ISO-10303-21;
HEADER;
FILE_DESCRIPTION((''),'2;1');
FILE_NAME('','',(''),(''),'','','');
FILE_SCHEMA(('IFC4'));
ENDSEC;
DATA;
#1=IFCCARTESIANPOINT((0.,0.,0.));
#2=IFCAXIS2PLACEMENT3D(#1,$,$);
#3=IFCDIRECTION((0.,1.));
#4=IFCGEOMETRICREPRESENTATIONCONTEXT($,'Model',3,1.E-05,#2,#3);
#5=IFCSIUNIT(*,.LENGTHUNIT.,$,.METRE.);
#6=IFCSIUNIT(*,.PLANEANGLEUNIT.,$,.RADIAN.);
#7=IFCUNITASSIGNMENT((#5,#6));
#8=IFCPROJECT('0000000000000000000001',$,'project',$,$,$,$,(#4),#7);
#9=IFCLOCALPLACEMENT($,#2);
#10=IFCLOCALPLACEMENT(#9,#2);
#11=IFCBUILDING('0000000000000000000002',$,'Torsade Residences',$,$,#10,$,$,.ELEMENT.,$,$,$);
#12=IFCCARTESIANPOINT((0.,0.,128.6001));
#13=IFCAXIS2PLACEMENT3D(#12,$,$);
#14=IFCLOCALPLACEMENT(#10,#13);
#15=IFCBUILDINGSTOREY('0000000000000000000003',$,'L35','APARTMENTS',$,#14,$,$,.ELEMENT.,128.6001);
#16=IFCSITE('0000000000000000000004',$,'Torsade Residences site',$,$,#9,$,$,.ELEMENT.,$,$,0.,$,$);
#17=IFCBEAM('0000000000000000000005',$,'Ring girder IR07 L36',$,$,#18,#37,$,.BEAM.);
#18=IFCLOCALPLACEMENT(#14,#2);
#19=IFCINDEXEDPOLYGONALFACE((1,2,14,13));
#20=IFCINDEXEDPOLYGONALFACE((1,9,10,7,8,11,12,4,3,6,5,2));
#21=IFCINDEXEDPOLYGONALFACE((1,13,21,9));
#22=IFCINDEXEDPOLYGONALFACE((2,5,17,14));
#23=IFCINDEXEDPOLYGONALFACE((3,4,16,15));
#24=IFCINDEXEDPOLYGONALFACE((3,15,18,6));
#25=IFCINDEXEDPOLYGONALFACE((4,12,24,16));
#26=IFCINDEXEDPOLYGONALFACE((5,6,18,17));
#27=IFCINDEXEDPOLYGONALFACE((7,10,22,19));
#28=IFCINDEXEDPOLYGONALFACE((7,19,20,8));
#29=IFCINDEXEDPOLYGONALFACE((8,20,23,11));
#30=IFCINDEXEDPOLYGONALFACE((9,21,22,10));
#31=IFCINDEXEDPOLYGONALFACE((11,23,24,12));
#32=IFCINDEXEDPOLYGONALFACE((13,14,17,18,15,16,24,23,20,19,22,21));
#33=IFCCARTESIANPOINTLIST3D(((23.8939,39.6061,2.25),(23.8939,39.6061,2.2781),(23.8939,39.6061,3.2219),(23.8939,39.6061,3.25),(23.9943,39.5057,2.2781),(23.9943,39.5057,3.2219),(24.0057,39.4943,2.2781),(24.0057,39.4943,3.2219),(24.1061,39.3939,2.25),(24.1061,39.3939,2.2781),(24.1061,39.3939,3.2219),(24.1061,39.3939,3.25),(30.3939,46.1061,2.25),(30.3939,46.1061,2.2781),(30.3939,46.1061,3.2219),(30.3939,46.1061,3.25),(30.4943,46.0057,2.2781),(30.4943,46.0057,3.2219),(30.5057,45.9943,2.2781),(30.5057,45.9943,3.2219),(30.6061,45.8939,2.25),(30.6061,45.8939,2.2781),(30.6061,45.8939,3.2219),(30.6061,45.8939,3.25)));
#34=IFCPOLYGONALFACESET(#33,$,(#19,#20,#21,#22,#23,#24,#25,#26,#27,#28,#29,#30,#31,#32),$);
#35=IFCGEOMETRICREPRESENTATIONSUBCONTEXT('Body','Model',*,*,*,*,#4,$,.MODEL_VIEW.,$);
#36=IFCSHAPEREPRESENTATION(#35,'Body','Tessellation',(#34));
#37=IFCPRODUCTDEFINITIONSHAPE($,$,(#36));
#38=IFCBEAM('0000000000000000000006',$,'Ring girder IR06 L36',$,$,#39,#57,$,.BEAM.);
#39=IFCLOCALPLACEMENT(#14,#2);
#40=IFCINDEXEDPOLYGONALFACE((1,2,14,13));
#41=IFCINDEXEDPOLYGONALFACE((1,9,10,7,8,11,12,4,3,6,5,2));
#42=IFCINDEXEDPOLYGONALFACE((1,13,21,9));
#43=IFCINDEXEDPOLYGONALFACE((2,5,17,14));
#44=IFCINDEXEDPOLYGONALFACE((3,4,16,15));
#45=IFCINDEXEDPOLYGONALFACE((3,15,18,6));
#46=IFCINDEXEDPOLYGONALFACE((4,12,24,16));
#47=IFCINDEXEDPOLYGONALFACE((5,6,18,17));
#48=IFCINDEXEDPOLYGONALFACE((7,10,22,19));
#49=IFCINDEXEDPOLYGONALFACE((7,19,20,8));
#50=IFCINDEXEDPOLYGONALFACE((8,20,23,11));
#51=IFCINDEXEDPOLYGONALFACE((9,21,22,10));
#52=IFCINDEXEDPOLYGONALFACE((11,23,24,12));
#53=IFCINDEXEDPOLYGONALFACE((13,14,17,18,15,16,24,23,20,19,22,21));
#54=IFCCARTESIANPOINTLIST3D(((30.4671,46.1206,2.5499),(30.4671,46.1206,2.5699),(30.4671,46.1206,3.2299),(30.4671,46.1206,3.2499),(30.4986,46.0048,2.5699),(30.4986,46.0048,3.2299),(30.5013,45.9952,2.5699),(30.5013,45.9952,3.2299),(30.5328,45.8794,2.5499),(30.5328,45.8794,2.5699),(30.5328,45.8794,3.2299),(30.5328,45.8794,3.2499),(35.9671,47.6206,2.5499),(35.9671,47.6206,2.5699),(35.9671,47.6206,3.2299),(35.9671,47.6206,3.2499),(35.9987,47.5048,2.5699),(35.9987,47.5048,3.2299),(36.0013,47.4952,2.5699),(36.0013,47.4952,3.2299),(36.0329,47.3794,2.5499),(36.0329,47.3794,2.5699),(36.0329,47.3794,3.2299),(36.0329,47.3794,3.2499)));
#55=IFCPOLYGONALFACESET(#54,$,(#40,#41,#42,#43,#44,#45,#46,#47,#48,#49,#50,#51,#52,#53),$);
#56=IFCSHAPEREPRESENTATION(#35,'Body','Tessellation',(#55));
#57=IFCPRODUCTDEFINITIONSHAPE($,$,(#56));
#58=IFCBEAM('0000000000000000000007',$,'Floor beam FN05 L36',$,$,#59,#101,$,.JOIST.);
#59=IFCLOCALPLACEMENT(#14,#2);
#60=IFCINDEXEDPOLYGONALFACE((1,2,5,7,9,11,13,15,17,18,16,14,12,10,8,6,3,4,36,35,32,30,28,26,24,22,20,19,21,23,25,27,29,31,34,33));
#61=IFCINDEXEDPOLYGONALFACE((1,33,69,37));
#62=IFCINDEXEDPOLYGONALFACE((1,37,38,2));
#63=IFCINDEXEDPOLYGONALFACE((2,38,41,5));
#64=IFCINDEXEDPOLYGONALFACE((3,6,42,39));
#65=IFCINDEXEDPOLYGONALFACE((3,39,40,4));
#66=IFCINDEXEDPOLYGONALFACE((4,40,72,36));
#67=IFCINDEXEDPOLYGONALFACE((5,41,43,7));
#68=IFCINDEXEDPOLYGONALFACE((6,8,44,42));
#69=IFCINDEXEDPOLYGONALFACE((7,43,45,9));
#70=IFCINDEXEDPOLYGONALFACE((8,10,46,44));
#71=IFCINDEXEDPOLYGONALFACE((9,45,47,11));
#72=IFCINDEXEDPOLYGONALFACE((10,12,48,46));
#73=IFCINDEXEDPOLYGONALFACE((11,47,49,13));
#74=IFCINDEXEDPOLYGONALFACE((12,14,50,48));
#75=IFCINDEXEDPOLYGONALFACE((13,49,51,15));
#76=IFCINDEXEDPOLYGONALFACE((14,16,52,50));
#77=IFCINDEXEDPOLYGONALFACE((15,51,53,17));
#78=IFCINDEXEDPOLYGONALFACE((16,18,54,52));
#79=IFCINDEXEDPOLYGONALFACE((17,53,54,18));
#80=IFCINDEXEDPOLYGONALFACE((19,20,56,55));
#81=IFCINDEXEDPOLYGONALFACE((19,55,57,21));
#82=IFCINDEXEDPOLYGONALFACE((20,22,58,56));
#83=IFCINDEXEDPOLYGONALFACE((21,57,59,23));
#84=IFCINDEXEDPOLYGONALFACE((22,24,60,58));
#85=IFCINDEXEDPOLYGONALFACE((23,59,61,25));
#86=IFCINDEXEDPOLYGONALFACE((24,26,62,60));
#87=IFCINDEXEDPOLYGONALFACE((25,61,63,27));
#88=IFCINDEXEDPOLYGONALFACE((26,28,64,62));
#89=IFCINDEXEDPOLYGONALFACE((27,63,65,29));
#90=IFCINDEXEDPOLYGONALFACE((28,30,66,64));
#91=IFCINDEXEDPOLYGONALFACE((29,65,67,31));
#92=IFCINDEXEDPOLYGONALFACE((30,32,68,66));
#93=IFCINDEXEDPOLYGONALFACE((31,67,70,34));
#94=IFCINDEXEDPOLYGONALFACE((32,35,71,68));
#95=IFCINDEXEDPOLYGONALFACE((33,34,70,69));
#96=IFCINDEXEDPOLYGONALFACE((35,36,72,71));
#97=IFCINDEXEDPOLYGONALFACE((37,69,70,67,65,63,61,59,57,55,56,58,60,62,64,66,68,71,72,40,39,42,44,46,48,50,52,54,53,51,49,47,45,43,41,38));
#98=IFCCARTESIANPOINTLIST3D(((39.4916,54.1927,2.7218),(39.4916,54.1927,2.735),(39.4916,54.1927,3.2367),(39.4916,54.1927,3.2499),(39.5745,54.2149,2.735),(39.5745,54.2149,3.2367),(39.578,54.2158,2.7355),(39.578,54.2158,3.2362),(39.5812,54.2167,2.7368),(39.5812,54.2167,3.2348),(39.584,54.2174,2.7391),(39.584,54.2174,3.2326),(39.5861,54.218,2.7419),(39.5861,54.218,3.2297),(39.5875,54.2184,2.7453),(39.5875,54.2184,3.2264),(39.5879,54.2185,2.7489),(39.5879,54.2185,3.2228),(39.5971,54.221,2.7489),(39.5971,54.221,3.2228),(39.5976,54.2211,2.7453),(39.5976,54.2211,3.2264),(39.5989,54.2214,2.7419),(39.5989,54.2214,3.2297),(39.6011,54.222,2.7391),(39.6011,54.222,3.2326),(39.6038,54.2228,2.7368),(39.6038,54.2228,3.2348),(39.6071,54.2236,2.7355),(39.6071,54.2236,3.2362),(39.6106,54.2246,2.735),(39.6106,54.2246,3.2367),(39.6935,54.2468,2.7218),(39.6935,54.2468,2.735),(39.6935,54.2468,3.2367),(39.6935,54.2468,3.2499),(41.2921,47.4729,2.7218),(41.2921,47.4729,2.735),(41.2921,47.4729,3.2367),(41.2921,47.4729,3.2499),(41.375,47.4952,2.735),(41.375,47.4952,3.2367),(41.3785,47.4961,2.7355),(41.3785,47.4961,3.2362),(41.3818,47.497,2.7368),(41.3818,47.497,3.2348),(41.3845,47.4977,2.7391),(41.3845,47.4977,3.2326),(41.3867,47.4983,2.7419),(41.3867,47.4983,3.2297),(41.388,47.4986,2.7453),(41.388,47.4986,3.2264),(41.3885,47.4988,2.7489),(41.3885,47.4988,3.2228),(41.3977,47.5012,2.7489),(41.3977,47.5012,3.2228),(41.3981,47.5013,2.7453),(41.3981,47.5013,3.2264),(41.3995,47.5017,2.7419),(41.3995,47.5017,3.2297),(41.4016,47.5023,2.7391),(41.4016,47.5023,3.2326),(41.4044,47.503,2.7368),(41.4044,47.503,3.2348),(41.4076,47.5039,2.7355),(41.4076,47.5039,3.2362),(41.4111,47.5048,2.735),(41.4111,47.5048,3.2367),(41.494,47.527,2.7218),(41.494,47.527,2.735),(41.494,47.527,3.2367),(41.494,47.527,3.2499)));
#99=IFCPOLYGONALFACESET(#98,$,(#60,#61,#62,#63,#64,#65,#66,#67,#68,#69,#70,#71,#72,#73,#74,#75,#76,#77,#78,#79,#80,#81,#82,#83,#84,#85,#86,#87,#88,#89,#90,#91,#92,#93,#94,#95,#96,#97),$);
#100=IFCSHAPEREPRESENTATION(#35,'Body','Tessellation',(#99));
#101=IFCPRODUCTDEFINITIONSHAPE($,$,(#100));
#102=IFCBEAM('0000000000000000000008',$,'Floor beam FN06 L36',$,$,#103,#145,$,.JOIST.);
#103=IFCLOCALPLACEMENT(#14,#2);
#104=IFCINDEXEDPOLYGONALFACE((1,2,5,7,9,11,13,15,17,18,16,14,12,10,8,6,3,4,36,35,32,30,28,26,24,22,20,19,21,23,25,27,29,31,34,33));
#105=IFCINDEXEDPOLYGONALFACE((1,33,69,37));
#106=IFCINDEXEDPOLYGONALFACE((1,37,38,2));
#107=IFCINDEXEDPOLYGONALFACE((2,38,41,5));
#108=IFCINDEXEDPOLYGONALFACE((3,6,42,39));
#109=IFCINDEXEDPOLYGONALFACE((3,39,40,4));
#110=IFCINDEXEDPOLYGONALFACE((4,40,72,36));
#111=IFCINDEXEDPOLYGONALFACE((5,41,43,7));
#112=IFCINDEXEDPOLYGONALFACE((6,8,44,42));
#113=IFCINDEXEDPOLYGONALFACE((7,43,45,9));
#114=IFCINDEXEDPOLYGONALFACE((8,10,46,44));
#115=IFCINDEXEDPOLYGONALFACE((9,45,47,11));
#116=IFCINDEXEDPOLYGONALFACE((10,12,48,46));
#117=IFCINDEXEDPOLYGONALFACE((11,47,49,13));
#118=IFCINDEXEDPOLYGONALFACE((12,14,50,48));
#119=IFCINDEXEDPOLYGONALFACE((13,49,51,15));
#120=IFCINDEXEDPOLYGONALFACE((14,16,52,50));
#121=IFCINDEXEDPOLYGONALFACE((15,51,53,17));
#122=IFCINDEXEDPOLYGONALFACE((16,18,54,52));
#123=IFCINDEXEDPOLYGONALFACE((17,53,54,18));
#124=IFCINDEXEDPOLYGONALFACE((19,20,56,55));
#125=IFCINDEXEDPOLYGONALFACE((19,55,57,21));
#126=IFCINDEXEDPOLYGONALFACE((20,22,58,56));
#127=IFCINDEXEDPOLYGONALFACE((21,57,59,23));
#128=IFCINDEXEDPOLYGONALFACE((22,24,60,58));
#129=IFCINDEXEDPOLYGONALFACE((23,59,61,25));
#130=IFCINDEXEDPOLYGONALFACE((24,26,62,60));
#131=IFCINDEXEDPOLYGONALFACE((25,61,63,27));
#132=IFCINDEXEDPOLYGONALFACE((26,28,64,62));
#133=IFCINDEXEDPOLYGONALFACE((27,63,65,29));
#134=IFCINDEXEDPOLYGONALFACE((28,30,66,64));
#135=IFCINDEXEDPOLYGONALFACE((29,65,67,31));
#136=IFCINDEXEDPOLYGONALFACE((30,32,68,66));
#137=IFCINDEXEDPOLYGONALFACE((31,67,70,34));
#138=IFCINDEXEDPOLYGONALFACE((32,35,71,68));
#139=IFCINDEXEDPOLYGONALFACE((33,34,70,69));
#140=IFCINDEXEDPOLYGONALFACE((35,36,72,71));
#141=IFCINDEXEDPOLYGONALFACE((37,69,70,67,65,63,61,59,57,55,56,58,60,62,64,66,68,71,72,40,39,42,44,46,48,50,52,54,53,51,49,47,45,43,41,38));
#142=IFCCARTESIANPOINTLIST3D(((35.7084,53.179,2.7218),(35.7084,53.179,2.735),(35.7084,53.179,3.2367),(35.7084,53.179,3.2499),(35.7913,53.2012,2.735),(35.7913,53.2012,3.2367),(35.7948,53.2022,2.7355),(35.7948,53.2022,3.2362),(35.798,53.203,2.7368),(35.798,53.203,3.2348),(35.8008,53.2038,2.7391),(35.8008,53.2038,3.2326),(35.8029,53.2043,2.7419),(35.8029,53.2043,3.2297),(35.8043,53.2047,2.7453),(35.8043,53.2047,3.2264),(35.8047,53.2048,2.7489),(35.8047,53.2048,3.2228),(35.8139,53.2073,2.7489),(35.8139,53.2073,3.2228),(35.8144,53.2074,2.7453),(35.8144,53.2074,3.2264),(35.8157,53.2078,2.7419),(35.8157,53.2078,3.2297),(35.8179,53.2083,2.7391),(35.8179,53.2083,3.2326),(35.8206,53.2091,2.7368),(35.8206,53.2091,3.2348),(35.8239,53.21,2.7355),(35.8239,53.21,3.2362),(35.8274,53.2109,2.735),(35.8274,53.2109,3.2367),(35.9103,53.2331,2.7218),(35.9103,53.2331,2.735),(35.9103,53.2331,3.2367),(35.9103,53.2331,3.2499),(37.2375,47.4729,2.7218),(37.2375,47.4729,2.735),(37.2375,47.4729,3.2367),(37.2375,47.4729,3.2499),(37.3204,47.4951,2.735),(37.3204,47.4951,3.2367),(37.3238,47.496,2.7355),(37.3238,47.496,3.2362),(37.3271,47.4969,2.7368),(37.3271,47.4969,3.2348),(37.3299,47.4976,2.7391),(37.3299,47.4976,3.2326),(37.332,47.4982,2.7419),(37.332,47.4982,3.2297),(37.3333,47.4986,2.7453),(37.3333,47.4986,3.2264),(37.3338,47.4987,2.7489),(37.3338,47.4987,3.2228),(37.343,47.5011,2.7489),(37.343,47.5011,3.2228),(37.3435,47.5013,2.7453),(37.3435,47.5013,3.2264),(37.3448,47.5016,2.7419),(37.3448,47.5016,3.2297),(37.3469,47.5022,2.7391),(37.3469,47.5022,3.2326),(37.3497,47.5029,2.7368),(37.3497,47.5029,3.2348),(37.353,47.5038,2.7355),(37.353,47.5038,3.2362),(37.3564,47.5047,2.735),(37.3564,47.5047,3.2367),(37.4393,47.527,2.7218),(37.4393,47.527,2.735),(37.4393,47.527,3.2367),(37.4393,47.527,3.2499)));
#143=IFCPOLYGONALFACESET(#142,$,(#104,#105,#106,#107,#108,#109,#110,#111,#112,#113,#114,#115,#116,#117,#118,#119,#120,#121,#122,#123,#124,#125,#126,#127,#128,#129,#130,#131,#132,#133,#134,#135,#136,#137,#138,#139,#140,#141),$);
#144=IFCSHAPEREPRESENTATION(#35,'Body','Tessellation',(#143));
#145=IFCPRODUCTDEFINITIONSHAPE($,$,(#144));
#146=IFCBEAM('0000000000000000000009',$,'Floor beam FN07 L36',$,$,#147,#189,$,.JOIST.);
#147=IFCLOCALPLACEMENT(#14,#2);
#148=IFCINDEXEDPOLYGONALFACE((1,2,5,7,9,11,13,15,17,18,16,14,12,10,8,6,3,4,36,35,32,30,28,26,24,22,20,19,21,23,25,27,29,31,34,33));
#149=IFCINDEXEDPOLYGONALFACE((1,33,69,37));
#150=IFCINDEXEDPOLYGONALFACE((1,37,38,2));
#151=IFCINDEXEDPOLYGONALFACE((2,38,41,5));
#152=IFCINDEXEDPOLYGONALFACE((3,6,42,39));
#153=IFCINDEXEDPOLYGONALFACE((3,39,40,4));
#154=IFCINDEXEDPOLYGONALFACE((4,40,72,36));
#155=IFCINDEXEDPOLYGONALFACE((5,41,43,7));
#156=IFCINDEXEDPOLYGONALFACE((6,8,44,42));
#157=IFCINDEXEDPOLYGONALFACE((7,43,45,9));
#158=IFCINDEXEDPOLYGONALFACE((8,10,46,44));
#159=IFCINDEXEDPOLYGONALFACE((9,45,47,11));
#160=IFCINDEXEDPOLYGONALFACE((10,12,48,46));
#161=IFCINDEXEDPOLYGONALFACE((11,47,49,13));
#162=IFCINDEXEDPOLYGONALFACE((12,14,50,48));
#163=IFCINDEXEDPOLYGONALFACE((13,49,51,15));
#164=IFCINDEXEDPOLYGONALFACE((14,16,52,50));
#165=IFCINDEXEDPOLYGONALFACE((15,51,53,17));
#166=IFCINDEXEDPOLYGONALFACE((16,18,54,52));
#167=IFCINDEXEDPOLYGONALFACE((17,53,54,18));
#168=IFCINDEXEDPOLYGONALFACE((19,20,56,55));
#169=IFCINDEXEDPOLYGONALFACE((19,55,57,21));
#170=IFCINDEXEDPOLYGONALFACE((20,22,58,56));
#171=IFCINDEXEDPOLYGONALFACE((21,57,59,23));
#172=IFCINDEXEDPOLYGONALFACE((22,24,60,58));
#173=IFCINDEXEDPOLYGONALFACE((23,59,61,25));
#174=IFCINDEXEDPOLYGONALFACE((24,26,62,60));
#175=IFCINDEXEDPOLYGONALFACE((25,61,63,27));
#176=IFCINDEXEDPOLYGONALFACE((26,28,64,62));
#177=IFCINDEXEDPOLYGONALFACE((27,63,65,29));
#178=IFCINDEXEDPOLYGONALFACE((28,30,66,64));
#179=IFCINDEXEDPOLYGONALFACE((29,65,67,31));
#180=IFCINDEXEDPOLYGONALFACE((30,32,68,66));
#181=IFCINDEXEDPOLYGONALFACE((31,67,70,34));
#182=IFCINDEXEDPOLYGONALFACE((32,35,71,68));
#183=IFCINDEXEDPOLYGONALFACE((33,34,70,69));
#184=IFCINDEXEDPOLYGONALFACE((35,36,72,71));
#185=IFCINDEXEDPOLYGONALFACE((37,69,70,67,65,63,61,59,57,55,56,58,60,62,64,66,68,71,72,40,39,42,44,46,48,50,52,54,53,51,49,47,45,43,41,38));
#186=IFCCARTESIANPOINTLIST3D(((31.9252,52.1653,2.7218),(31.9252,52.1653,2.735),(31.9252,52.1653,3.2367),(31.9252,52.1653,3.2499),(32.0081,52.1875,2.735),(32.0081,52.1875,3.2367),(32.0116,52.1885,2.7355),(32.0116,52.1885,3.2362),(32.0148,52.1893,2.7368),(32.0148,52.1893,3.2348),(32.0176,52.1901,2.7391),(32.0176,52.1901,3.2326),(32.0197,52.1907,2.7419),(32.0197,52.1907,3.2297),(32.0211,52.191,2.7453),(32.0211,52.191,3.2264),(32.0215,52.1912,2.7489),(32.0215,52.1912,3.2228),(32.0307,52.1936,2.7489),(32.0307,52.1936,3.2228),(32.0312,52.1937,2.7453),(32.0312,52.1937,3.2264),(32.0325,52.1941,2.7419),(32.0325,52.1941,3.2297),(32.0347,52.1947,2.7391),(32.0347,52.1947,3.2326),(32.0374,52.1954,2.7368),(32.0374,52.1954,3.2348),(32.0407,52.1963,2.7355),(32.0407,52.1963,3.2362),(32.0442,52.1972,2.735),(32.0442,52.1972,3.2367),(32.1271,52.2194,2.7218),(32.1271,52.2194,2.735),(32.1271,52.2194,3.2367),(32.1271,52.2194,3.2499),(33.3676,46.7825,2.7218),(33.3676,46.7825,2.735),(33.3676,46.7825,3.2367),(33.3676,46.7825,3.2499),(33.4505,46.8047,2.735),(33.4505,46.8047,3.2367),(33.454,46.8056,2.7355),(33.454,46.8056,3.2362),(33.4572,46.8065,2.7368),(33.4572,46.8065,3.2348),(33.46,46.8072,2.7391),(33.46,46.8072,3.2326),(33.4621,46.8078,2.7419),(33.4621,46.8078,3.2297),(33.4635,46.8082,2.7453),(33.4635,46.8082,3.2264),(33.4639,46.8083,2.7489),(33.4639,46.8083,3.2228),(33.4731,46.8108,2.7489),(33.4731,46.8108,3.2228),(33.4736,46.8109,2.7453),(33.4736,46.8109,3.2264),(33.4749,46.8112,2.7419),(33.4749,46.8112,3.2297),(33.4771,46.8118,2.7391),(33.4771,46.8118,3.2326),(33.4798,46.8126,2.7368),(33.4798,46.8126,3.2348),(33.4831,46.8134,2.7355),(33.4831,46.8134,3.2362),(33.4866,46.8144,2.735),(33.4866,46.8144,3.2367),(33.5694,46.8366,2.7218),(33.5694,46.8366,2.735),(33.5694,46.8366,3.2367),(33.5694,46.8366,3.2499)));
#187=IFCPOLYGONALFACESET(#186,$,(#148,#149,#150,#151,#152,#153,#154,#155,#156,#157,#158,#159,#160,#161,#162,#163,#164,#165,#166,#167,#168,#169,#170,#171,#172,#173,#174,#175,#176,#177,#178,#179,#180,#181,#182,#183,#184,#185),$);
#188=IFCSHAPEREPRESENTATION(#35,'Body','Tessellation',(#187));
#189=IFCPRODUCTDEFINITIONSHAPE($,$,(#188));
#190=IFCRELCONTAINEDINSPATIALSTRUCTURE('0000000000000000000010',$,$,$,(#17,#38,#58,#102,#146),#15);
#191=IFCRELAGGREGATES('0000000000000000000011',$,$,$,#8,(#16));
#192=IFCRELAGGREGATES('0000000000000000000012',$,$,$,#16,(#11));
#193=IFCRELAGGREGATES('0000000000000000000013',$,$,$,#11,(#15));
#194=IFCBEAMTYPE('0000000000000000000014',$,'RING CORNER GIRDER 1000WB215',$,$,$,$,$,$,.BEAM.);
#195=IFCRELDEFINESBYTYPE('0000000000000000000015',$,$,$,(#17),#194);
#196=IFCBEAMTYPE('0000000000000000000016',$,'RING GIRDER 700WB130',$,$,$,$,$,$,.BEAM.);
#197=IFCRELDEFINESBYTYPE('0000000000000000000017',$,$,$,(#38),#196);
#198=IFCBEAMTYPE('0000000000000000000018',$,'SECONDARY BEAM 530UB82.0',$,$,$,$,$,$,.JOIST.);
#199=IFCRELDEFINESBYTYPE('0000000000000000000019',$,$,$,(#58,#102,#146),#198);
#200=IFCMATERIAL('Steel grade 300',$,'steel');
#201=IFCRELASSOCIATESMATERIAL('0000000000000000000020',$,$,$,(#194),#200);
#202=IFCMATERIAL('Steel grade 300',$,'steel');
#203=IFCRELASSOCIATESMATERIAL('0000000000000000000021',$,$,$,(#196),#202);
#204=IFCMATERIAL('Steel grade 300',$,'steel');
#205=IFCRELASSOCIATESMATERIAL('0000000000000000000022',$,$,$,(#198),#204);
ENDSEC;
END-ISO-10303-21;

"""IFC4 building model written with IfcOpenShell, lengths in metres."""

from ifc_helpers import new_model, si_unit, direction, frame, origin, origin_2d, place, context, subcontext, project, spatial, i_section, extrude, material, material_profile, profile_set, type_object, element, save


model = new_model("IFC4")

# Units and contexts
model_context = context("Model", 3, precision=1e-05, world=origin(), true_north=direction((0.0, 1.0)))
body_context = subcontext(model_context, "Body", "Model", "MODEL_VIEW")
ifc_project = project(units=[si_unit("LENGTHUNIT", "METRE"), si_unit("PLANEANGLEUNIT", "RADIAN")], contexts=[model_context])

# Site, building, storey
site_placement = place(None, origin())
site = spatial("IfcSite", under=ifc_project, at=site_placement, Name="Torsade Residences site", CompositionType="ELEMENT", RefElevation=0.0)
building_placement = place(site_placement, origin())
building = spatial("IfcBuilding", under=site, at=building_placement, Name="Torsade Residences", CompositionType="ELEMENT")
storey_placement = place(building_placement, frame((0.0, 0.0, 128.6001)))
storey = spatial("IfcBuildingStorey", under=building, at=storey_placement, Name="L35", Description="APARTMENTS", CompositionType="ELEMENT", Elevation=128.6001)

# Beams
ifc_material_1 = material(Name="Steel grade 300", Category="steel")
ifc_material_profile_1 = material_profile(ifc_material_1, i_section(OverallWidth=0.3, OverallDepth=1.0, WebThickness=0.0161, FlangeThickness=0.0281, at=origin_2d()), Name="1000WB215")
ifc_profile_set_1 = profile_set([ifc_material_profile_1], Name="Steel grade 300")
beam_type_1 = type_object("IfcBeamType", Name="RING CORNER GIRDER 1000WB215", PredefinedType="BEAM", material=ifc_profile_set_1)
beam_1_placement = place(storey_placement, frame((30.5, 46.0, 2.75), z_axis=(-0.707107, -0.707107, 0.0), x_axis=(0.707107, -0.707107, 0.0)))
element("IfcBeam", 1, at=beam_1_placement, inside=storey, type_object=beam_type_1, Name="Ring girder IR07 L36", PredefinedType="BEAM", context=body_context, shape_type="SweptSolid", body=[
    extrude(i_section(OverallWidth=0.3, OverallDepth=1.0, WebThickness=0.0161, FlangeThickness=0.0281, at=origin_2d()), origin(), (0.0, 0.0, 1.0), 9.1924),
])
ifc_material_2 = material(Name="Steel grade 300", Category="steel")
ifc_material_profile_2 = material_profile(ifc_material_2, i_section(OverallWidth=0.25, OverallDepth=0.7, WebThickness=0.01, FlangeThickness=0.02, at=origin_2d()), Name="700WB130")
ifc_profile_set_2 = profile_set([ifc_material_profile_2], Name="Steel grade 300")
beam_type_2 = type_object("IfcBeamType", Name="RING GIRDER 700WB130", PredefinedType="BEAM", material=ifc_profile_set_2)
beam_2_placement = place(storey_placement, frame((36.0, 47.5, 2.8999), z_axis=(-0.964764, -0.263117, 0.0), x_axis=(0.263117, -0.964764, 0.0)))
element("IfcBeam", 2, at=beam_2_placement, inside=storey, type_object=beam_type_2, Name="Ring girder IR06 L36", PredefinedType="BEAM", context=body_context, shape_type="SweptSolid", body=[
    extrude(i_section(OverallWidth=0.25, OverallDepth=0.7, WebThickness=0.01, FlangeThickness=0.02, at=origin_2d()), origin(), (0.0, 0.0, 1.0), 5.7009),
])
ifc_material_3 = material(Name="Steel grade 300", Category="steel")
ifc_material_profile_3 = material_profile(ifc_material_3, i_section(OverallWidth=0.209, OverallDepth=0.5281, WebThickness=0.0095, FlangeThickness=0.0132, FilletRadius=0.0139, at=origin_2d()), Name="530UB82.0")
ifc_profile_set_3 = profile_set([ifc_material_profile_3], Name="Steel grade 300")
beam_type_3 = type_object("IfcBeamType", Name="SECONDARY BEAM 530UB82.0", PredefinedType="JOIST", material=ifc_profile_set_3)
beam_3_placement = place(storey_placement, frame((39.5925, 54.2197, 2.9858), z_axis=(0.258818, -0.965926, 0.0), x_axis=(0.965926, 0.258818, 0.0)))
element("IfcBeam", 3, at=beam_3_placement, inside=storey, type_object=beam_type_3, Name="Floor beam FN05 L36", PredefinedType="JOIST", context=body_context, shape_type="SweptSolid", body=[
    extrude(i_section(OverallWidth=0.209, OverallDepth=0.5281, WebThickness=0.0095, FlangeThickness=0.0132, FilletRadius=0.0139, at=origin_2d()), origin(), (0.0, 0.0, 1.0), 6.9568),
])
beam_4_placement = place(storey_placement, frame((35.8093, 53.2061, 2.9858), z_axis=(0.258838, -0.965921, 0.0), x_axis=(0.965921, 0.258838, 0.0)))
element("IfcBeam", 4, at=beam_4_placement, inside=storey, type_object=beam_type_3, Name="Floor beam FN06 L36", PredefinedType="JOIST", context=body_context, shape_type="SweptSolid", body=[
    extrude(i_section(OverallWidth=0.209, OverallDepth=0.5281, WebThickness=0.0095, FlangeThickness=0.0132, FilletRadius=0.0139, at=origin_2d()), origin(), (0.0, 0.0, 1.0), 5.9075),
])
beam_5_placement = place(storey_placement, frame((32.0261, 52.1924, 2.9858), z_axis=(0.25883, -0.965923, 0.0), x_axis=(0.965923, 0.25883, 0.0)))
element("IfcBeam", 5, at=beam_5_placement, inside=storey, type_object=beam_type_3, Name="Floor beam FN07 L36", PredefinedType="JOIST", context=body_context, shape_type="SweptSolid", body=[
    extrude(i_section(OverallWidth=0.209, OverallDepth=0.5281, WebThickness=0.0095, FlangeThickness=0.0132, FilletRadius=0.0139, at=origin_2d()), origin(), (0.0, 0.0, 1.0), 5.5728),
])

save(model, "model.ifc")
